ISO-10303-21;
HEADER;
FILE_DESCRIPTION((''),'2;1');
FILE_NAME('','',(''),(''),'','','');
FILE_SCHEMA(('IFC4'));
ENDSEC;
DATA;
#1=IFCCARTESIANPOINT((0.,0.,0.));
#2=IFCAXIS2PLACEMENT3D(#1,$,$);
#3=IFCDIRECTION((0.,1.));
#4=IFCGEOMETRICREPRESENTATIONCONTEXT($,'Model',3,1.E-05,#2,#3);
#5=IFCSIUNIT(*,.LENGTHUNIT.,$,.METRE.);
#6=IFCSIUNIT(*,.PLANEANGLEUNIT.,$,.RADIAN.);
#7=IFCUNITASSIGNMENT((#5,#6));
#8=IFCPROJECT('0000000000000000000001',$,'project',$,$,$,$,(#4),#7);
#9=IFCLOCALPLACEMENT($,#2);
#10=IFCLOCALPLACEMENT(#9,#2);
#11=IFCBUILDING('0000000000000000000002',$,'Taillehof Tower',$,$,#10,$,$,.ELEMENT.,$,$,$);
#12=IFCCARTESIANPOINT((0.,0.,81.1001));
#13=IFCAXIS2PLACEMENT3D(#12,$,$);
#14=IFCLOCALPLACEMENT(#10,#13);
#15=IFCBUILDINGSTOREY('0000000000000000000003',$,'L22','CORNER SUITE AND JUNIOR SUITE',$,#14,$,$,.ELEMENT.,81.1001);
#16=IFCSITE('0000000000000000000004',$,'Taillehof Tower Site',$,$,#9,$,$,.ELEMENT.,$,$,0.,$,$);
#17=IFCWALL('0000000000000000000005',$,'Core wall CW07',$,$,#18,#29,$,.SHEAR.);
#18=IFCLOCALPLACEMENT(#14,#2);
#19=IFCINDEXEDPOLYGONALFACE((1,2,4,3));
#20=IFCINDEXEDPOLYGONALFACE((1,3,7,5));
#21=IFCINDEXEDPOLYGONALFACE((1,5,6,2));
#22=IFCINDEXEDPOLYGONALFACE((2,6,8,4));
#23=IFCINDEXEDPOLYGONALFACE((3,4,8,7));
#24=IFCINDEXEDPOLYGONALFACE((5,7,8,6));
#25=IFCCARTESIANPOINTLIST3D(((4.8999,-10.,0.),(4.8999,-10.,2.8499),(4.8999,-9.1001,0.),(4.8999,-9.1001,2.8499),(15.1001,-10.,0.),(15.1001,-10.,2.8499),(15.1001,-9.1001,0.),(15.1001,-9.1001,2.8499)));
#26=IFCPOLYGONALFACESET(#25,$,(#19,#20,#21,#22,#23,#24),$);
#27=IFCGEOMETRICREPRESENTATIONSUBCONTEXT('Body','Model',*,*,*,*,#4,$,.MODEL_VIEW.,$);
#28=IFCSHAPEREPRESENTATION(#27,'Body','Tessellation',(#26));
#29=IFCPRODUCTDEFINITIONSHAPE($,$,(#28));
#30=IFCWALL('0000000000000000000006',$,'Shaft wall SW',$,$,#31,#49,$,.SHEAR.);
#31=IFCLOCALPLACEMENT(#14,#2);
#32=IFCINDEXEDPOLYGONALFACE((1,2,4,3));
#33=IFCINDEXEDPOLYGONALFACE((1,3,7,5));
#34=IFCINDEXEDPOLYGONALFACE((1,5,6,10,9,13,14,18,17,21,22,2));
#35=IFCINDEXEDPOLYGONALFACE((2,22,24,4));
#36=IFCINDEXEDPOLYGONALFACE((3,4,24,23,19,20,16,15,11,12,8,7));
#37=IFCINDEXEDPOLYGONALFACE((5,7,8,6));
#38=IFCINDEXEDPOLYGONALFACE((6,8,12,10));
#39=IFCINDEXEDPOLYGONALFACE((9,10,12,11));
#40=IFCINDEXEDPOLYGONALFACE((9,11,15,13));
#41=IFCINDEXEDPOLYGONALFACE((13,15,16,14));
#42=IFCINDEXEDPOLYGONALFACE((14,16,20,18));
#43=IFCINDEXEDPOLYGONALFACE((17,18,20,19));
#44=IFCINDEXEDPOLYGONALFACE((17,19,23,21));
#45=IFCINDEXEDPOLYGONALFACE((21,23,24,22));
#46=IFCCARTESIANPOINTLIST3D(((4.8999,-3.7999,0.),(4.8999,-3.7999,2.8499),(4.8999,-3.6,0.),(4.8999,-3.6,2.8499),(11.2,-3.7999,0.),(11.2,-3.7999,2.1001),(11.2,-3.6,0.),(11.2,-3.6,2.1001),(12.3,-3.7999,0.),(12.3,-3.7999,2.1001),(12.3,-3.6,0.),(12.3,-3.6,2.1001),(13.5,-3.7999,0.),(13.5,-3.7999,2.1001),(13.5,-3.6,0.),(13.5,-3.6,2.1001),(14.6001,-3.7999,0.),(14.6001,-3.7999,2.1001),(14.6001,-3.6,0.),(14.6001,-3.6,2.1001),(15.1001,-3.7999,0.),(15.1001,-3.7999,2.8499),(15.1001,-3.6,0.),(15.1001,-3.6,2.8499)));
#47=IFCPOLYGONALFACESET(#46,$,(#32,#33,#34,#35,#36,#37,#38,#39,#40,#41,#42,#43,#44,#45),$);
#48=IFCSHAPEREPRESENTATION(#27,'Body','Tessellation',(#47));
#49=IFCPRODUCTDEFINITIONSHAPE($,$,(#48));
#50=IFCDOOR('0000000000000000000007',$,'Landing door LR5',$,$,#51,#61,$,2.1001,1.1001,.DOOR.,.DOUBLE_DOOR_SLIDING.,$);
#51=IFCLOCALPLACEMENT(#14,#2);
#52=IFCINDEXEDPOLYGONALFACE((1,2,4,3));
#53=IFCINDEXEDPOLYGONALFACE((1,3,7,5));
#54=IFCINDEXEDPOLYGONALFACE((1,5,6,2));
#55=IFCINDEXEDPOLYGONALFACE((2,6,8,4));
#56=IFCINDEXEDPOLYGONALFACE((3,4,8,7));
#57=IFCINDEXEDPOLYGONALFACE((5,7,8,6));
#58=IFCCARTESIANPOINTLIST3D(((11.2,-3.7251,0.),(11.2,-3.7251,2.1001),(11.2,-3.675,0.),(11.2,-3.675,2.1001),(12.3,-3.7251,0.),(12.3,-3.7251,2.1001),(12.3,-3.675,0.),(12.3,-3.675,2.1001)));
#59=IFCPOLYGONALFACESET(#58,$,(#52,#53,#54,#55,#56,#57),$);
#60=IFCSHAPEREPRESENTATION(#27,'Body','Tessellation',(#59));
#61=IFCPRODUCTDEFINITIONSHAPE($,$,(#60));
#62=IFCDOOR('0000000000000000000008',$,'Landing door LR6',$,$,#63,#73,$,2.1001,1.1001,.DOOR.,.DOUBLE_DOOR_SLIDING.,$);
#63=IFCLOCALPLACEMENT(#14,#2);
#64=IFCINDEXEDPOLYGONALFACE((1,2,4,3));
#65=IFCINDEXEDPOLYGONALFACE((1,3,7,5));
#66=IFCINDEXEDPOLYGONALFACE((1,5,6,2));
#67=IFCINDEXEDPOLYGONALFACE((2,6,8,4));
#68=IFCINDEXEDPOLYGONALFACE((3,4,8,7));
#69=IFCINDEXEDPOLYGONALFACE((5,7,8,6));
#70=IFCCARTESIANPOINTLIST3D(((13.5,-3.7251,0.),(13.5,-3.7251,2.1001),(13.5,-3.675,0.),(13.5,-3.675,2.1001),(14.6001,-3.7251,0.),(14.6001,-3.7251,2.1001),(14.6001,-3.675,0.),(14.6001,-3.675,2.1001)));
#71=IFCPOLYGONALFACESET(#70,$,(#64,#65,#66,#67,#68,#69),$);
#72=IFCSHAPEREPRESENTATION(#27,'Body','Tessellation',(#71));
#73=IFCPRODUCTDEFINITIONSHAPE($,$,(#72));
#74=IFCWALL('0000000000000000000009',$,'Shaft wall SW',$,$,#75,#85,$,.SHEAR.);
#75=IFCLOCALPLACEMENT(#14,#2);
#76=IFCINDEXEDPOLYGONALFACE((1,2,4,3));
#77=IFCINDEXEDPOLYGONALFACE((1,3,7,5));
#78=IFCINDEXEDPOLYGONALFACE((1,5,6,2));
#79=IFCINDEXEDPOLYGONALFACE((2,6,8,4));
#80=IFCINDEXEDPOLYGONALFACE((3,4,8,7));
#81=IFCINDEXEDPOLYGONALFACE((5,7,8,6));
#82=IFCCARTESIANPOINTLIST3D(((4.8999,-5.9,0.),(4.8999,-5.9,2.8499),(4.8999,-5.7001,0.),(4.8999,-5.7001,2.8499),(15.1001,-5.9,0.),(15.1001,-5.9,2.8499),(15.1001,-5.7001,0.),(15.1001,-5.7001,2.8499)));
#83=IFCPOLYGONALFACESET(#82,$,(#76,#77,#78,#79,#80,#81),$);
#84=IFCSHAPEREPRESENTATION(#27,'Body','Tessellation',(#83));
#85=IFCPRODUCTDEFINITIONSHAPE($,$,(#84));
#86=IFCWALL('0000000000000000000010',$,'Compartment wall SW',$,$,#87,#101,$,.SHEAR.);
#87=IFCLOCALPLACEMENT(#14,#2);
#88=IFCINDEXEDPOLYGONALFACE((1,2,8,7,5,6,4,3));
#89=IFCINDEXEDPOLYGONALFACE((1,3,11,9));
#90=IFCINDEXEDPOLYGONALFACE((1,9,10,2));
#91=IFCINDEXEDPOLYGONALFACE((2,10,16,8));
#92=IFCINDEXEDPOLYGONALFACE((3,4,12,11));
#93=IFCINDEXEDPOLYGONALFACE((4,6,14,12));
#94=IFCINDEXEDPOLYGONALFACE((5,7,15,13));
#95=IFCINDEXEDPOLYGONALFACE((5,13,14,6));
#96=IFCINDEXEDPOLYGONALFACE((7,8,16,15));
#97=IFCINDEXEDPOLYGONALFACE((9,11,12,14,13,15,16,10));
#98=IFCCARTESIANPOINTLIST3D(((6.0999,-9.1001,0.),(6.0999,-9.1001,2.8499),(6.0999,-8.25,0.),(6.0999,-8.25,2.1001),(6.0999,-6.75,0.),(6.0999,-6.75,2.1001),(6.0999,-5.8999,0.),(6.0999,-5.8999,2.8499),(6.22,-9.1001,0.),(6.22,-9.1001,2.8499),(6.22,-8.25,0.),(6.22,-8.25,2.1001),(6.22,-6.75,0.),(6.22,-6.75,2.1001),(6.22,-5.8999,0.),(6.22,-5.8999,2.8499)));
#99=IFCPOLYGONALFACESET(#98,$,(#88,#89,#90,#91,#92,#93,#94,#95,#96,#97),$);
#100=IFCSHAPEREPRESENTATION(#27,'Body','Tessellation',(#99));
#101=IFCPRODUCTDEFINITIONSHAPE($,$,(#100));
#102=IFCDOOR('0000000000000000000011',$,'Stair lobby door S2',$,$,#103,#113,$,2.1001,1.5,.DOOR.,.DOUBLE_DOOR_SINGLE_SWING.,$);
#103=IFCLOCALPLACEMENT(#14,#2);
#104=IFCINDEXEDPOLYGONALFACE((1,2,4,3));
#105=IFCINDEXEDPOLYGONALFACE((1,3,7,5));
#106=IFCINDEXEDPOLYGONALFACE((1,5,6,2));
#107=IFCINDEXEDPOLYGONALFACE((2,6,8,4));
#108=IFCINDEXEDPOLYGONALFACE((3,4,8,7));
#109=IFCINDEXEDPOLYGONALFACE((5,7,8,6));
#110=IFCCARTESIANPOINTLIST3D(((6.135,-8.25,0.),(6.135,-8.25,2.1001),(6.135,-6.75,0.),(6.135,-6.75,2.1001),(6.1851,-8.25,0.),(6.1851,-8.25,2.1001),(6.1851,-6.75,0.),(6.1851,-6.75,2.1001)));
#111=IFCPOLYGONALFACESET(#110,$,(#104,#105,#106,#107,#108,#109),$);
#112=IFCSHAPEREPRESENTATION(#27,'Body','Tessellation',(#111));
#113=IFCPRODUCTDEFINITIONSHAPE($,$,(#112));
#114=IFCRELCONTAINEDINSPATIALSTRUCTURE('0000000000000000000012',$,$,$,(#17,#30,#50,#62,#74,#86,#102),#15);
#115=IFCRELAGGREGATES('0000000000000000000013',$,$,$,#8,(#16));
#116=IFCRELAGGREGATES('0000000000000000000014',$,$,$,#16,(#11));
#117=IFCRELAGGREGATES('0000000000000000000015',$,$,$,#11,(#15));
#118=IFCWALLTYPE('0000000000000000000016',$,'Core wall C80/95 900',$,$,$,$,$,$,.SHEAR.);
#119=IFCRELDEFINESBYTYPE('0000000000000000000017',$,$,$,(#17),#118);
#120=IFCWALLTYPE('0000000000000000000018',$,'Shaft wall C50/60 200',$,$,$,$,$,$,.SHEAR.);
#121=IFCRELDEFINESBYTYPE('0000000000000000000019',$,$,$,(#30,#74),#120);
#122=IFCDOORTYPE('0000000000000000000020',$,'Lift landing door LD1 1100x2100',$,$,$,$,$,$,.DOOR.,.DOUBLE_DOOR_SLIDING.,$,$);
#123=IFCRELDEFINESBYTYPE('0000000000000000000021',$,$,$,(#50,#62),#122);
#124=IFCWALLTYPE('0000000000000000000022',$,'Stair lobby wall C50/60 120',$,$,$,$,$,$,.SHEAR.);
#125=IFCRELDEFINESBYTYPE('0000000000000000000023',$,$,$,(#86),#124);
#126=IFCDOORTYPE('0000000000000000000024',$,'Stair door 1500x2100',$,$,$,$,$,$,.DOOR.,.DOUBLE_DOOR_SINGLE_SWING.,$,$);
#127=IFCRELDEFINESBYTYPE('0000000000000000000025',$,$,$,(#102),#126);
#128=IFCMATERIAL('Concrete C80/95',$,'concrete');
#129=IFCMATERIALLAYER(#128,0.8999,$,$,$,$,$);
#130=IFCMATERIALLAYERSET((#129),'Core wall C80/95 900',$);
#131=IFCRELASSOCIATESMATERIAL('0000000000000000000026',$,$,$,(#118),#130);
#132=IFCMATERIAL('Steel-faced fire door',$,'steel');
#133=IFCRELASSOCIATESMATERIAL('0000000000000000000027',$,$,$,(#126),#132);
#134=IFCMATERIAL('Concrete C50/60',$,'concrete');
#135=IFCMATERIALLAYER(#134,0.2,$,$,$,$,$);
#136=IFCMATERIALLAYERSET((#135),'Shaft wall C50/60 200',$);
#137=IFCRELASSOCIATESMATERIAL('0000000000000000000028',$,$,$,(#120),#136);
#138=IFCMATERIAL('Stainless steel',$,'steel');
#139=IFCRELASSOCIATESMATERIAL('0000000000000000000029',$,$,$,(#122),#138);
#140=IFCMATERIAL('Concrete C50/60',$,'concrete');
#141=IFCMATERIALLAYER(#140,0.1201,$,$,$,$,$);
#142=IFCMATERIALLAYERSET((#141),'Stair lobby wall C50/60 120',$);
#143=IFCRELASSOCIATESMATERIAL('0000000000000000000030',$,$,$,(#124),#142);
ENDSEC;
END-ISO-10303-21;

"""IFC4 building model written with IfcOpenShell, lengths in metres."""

from ifc_helpers import new_model, si_unit, direction, frame, frame_2d, origin, place, context, subcontext, project, spatial, rectangle, extrude, material, layer, layer_set, type_object, element, fill, save


model = new_model("IFC4")

# Units and contexts
model_context = context("Model", 3, precision=1e-05, world=origin(), true_north=direction((0.0, 1.0)))
body_context = subcontext(model_context, "Body", "Model", "MODEL_VIEW")
ifc_project = project(units=[si_unit("LENGTHUNIT", "METRE"), si_unit("PLANEANGLEUNIT", "RADIAN")], contexts=[model_context])

# Site, building, storey
site_placement = place(None, origin())
site = spatial("IfcSite", under=ifc_project, at=site_placement, Name="Taillehof Tower Site", CompositionType="ELEMENT", RefElevation=0.0)
building_placement = place(site_placement, origin())
building = spatial("IfcBuilding", under=site, at=building_placement, Name="Taillehof Tower", CompositionType="ELEMENT")
storey_placement = place(building_placement, frame((0.0, 0.0, 81.1001)))
storey = spatial("IfcBuildingStorey", under=building, at=storey_placement, Name="L22", Description="CORNER SUITE AND JUNIOR SUITE", CompositionType="ELEMENT", Elevation=81.1001)

# Shared definitions
ifc_material_1 = material(Name="Concrete C80/95", Category="concrete")
ifc_layer_1 = layer(ifc_material_1, 0.8999)
ifc_layer_set_1 = layer_set([ifc_layer_1], Name="Core wall C80/95 900")
wall_type_1 = type_object("IfcWallType", Name="Core wall C80/95 900", PredefinedType="SHEAR", material=ifc_layer_set_1)
ifc_material_2 = material(Name="Steel-faced fire door", Category="steel")
door_type_1 = type_object("IfcDoorType", Name="Stair door 1500x2100", OperationType="DOUBLE_DOOR_SINGLE_SWING", PredefinedType="DOOR", material=ifc_material_2)

# Wall
wall_1_placement = place(storey_placement, frame((4.8999, -9.55, 0.0), z_axis=(0.0, 0.0, 1.0), x_axis=(1.0, 0.0, 0.0)))
element("IfcWall", 1, at=wall_1_placement, inside=storey, type_object=wall_type_1, Name="Core wall CW07", PredefinedType="SHEAR", context=body_context, shape_type="SweptSolid", body=[
    extrude(rectangle(XDim=10.2002, YDim=0.8999, at=frame_2d((5.1001, 0.0))), origin(), (0.0, 0.0, 1.0), 2.8499),
])

# Wall, openings, doors
ifc_material_3 = material(Name="Concrete C50/60", Category="concrete")
ifc_layer_2 = layer(ifc_material_3, 0.2)
ifc_layer_set_2 = layer_set([ifc_layer_2], Name="Shaft wall C50/60 200")
wall_type_2 = type_object("IfcWallType", Name="Shaft wall C50/60 200", PredefinedType="SHEAR", material=ifc_layer_set_2)
wall_2_placement = place(storey_placement, frame((4.8999, -3.7, 0.0), z_axis=(0.0, 0.0, 1.0), x_axis=(1.0, 0.0, 0.0)))
wall_2 = element("IfcWall", 2, at=wall_2_placement, inside=storey, type_object=wall_type_2, Name="Shaft wall SW", PredefinedType="SHEAR", context=body_context, shape_type="SweptSolid", body=[
    extrude(rectangle(XDim=10.2002, YDim=0.2, at=frame_2d((5.1001, 0.0))), origin(), (0.0, 0.0, 1.0), 2.8499),
])
opening_1_placement = place(wall_2_placement, frame((6.3, 0.0, 0.0)))
opening_1 = element("IfcOpeningElement", 3, at=opening_1_placement, cuts=wall_2, PredefinedType="OPENING", context=body_context, shape_type="SweptSolid", body=[
    extrude(rectangle(XDim=1.1001, YDim=2.1001, at=frame_2d((0.55, 1.05))), frame((0.0, 0.1099, 0.0), z_axis=(0.0, -1.0, 0.0), x_axis=(1.0, 0.0, 0.0)), (0.0, 0.0, 1.0), 0.22),
])
opening_2_placement = place(wall_2_placement, frame((8.6001, 0.0, 0.0)))
opening_2 = element("IfcOpeningElement", 4, at=opening_2_placement, cuts=wall_2, PredefinedType="OPENING", context=body_context, shape_type="SweptSolid", body=[
    extrude(rectangle(XDim=1.1001, YDim=2.1001, at=frame_2d((0.55, 1.05))), frame((0.0, 0.1099, 0.0), z_axis=(0.0, -1.0, 0.0), x_axis=(1.0, 0.0, 0.0)), (0.0, 0.0, 1.0), 0.22),
])
ifc_material_4 = material(Name="Stainless steel", Category="steel")
door_type_2 = type_object("IfcDoorType", Name="Lift landing door LD1 1100x2100", OperationType="DOUBLE_DOOR_SLIDING", PredefinedType="DOOR", material=ifc_material_4)
door_1_placement = place(opening_1_placement, origin())
door_1 = element("IfcDoor", 5, at=door_1_placement, inside=storey, type_object=door_type_2, Name="Landing door LR5", OperationType="DOUBLE_DOOR_SLIDING", OverallHeight=2.1001, OverallWidth=1.1001, PredefinedType="DOOR", context=body_context, shape_type="SweptSolid", body=[
    extrude(rectangle(XDim=1.1001, YDim=2.1001, at=frame_2d((0.55, 1.05))), frame((0.0, 0.0249, 0.0), z_axis=(0.0, -1.0, 0.0), x_axis=(1.0, 0.0, 0.0)), (0.0, 0.0, 1.0), 0.05),
])
fill(opening_1, door_1)
door_2_placement = place(opening_2_placement, origin())
door_2 = element("IfcDoor", 6, at=door_2_placement, inside=storey, type_object=door_type_2, Name="Landing door LR6", OperationType="DOUBLE_DOOR_SLIDING", OverallHeight=2.1001, OverallWidth=1.1001, PredefinedType="DOOR", context=body_context, shape_type="SweptSolid", body=[
    extrude(rectangle(XDim=1.1001, YDim=2.1001, at=frame_2d((0.55, 1.05))), frame((0.0, 0.0249, 0.0), z_axis=(0.0, -1.0, 0.0), x_axis=(1.0, 0.0, 0.0)), (0.0, 0.0, 1.0), 0.05),
])
fill(opening_2, door_2)

# Wall
wall_3_placement = place(storey_placement, frame((4.8999, -5.8, 0.0), z_axis=(0.0, 0.0, 1.0), x_axis=(1.0, 0.0, 0.0)))
element("IfcWall", 7, at=wall_3_placement, inside=storey, type_object=wall_type_2, Name="Shaft wall SW", PredefinedType="SHEAR", context=body_context, shape_type="SweptSolid", body=[
    extrude(rectangle(XDim=10.2002, YDim=0.2, at=frame_2d((5.1001, 0.0))), origin(), (0.0, 0.0, 1.0), 2.8499),
])

# Wall, opening, door
ifc_material_5 = material(Name="Concrete C50/60", Category="concrete")
ifc_layer_3 = layer(ifc_material_5, 0.1201)
ifc_layer_set_3 = layer_set([ifc_layer_3], Name="Stair lobby wall C50/60 120")
wall_type_3 = type_object("IfcWallType", Name="Stair lobby wall C50/60 120", PredefinedType="SHEAR", material=ifc_layer_set_3)
wall_4_placement = place(storey_placement, frame((6.1599, -9.1001, 0.0), z_axis=(0.0, 0.0, 1.0), x_axis=(0.0, 1.0, 0.0)))
wall_4 = element("IfcWall", 8, at=wall_4_placement, inside=storey, type_object=wall_type_3, Name="Compartment wall SW", PredefinedType="SHEAR", context=body_context, shape_type="SweptSolid", body=[
    extrude(rectangle(XDim=3.2002, YDim=0.1201, at=frame_2d((1.6001, 0.0))), origin(), (0.0, 0.0, 1.0), 2.8499),
])
opening_3_placement = place(wall_4_placement, frame((0.8501, 0.0, 0.0)))
opening_3 = element("IfcOpeningElement", 9, at=opening_3_placement, cuts=wall_4, PredefinedType="OPENING", context=body_context, shape_type="SweptSolid", body=[
    extrude(rectangle(XDim=1.5, YDim=2.1001, at=frame_2d((0.75, 1.05))), frame((0.0, 0.0701, 0.0), z_axis=(0.0, -1.0, 0.0), x_axis=(1.0, 0.0, 0.0)), (0.0, 0.0, 1.0), 0.1401),
])
door_3_placement = place(opening_3_placement, origin())
door_3 = element("IfcDoor", 10, at=door_3_placement, inside=storey, type_object=door_type_1, Name="Stair lobby door S2", OperationType="DOUBLE_DOOR_SINGLE_SWING", OverallHeight=2.1001, OverallWidth=1.5, PredefinedType="DOOR", context=body_context, shape_type="SweptSolid", body=[
    extrude(rectangle(XDim=1.5, YDim=2.1001, at=frame_2d((0.75, 1.05))), frame((0.0, 0.0249, 0.0), z_axis=(0.0, -1.0, 0.0), x_axis=(1.0, 0.0, 0.0)), (0.0, 0.0, 1.0), 0.05),
])
fill(opening_3, door_3)

save(model, "model.ifc")
